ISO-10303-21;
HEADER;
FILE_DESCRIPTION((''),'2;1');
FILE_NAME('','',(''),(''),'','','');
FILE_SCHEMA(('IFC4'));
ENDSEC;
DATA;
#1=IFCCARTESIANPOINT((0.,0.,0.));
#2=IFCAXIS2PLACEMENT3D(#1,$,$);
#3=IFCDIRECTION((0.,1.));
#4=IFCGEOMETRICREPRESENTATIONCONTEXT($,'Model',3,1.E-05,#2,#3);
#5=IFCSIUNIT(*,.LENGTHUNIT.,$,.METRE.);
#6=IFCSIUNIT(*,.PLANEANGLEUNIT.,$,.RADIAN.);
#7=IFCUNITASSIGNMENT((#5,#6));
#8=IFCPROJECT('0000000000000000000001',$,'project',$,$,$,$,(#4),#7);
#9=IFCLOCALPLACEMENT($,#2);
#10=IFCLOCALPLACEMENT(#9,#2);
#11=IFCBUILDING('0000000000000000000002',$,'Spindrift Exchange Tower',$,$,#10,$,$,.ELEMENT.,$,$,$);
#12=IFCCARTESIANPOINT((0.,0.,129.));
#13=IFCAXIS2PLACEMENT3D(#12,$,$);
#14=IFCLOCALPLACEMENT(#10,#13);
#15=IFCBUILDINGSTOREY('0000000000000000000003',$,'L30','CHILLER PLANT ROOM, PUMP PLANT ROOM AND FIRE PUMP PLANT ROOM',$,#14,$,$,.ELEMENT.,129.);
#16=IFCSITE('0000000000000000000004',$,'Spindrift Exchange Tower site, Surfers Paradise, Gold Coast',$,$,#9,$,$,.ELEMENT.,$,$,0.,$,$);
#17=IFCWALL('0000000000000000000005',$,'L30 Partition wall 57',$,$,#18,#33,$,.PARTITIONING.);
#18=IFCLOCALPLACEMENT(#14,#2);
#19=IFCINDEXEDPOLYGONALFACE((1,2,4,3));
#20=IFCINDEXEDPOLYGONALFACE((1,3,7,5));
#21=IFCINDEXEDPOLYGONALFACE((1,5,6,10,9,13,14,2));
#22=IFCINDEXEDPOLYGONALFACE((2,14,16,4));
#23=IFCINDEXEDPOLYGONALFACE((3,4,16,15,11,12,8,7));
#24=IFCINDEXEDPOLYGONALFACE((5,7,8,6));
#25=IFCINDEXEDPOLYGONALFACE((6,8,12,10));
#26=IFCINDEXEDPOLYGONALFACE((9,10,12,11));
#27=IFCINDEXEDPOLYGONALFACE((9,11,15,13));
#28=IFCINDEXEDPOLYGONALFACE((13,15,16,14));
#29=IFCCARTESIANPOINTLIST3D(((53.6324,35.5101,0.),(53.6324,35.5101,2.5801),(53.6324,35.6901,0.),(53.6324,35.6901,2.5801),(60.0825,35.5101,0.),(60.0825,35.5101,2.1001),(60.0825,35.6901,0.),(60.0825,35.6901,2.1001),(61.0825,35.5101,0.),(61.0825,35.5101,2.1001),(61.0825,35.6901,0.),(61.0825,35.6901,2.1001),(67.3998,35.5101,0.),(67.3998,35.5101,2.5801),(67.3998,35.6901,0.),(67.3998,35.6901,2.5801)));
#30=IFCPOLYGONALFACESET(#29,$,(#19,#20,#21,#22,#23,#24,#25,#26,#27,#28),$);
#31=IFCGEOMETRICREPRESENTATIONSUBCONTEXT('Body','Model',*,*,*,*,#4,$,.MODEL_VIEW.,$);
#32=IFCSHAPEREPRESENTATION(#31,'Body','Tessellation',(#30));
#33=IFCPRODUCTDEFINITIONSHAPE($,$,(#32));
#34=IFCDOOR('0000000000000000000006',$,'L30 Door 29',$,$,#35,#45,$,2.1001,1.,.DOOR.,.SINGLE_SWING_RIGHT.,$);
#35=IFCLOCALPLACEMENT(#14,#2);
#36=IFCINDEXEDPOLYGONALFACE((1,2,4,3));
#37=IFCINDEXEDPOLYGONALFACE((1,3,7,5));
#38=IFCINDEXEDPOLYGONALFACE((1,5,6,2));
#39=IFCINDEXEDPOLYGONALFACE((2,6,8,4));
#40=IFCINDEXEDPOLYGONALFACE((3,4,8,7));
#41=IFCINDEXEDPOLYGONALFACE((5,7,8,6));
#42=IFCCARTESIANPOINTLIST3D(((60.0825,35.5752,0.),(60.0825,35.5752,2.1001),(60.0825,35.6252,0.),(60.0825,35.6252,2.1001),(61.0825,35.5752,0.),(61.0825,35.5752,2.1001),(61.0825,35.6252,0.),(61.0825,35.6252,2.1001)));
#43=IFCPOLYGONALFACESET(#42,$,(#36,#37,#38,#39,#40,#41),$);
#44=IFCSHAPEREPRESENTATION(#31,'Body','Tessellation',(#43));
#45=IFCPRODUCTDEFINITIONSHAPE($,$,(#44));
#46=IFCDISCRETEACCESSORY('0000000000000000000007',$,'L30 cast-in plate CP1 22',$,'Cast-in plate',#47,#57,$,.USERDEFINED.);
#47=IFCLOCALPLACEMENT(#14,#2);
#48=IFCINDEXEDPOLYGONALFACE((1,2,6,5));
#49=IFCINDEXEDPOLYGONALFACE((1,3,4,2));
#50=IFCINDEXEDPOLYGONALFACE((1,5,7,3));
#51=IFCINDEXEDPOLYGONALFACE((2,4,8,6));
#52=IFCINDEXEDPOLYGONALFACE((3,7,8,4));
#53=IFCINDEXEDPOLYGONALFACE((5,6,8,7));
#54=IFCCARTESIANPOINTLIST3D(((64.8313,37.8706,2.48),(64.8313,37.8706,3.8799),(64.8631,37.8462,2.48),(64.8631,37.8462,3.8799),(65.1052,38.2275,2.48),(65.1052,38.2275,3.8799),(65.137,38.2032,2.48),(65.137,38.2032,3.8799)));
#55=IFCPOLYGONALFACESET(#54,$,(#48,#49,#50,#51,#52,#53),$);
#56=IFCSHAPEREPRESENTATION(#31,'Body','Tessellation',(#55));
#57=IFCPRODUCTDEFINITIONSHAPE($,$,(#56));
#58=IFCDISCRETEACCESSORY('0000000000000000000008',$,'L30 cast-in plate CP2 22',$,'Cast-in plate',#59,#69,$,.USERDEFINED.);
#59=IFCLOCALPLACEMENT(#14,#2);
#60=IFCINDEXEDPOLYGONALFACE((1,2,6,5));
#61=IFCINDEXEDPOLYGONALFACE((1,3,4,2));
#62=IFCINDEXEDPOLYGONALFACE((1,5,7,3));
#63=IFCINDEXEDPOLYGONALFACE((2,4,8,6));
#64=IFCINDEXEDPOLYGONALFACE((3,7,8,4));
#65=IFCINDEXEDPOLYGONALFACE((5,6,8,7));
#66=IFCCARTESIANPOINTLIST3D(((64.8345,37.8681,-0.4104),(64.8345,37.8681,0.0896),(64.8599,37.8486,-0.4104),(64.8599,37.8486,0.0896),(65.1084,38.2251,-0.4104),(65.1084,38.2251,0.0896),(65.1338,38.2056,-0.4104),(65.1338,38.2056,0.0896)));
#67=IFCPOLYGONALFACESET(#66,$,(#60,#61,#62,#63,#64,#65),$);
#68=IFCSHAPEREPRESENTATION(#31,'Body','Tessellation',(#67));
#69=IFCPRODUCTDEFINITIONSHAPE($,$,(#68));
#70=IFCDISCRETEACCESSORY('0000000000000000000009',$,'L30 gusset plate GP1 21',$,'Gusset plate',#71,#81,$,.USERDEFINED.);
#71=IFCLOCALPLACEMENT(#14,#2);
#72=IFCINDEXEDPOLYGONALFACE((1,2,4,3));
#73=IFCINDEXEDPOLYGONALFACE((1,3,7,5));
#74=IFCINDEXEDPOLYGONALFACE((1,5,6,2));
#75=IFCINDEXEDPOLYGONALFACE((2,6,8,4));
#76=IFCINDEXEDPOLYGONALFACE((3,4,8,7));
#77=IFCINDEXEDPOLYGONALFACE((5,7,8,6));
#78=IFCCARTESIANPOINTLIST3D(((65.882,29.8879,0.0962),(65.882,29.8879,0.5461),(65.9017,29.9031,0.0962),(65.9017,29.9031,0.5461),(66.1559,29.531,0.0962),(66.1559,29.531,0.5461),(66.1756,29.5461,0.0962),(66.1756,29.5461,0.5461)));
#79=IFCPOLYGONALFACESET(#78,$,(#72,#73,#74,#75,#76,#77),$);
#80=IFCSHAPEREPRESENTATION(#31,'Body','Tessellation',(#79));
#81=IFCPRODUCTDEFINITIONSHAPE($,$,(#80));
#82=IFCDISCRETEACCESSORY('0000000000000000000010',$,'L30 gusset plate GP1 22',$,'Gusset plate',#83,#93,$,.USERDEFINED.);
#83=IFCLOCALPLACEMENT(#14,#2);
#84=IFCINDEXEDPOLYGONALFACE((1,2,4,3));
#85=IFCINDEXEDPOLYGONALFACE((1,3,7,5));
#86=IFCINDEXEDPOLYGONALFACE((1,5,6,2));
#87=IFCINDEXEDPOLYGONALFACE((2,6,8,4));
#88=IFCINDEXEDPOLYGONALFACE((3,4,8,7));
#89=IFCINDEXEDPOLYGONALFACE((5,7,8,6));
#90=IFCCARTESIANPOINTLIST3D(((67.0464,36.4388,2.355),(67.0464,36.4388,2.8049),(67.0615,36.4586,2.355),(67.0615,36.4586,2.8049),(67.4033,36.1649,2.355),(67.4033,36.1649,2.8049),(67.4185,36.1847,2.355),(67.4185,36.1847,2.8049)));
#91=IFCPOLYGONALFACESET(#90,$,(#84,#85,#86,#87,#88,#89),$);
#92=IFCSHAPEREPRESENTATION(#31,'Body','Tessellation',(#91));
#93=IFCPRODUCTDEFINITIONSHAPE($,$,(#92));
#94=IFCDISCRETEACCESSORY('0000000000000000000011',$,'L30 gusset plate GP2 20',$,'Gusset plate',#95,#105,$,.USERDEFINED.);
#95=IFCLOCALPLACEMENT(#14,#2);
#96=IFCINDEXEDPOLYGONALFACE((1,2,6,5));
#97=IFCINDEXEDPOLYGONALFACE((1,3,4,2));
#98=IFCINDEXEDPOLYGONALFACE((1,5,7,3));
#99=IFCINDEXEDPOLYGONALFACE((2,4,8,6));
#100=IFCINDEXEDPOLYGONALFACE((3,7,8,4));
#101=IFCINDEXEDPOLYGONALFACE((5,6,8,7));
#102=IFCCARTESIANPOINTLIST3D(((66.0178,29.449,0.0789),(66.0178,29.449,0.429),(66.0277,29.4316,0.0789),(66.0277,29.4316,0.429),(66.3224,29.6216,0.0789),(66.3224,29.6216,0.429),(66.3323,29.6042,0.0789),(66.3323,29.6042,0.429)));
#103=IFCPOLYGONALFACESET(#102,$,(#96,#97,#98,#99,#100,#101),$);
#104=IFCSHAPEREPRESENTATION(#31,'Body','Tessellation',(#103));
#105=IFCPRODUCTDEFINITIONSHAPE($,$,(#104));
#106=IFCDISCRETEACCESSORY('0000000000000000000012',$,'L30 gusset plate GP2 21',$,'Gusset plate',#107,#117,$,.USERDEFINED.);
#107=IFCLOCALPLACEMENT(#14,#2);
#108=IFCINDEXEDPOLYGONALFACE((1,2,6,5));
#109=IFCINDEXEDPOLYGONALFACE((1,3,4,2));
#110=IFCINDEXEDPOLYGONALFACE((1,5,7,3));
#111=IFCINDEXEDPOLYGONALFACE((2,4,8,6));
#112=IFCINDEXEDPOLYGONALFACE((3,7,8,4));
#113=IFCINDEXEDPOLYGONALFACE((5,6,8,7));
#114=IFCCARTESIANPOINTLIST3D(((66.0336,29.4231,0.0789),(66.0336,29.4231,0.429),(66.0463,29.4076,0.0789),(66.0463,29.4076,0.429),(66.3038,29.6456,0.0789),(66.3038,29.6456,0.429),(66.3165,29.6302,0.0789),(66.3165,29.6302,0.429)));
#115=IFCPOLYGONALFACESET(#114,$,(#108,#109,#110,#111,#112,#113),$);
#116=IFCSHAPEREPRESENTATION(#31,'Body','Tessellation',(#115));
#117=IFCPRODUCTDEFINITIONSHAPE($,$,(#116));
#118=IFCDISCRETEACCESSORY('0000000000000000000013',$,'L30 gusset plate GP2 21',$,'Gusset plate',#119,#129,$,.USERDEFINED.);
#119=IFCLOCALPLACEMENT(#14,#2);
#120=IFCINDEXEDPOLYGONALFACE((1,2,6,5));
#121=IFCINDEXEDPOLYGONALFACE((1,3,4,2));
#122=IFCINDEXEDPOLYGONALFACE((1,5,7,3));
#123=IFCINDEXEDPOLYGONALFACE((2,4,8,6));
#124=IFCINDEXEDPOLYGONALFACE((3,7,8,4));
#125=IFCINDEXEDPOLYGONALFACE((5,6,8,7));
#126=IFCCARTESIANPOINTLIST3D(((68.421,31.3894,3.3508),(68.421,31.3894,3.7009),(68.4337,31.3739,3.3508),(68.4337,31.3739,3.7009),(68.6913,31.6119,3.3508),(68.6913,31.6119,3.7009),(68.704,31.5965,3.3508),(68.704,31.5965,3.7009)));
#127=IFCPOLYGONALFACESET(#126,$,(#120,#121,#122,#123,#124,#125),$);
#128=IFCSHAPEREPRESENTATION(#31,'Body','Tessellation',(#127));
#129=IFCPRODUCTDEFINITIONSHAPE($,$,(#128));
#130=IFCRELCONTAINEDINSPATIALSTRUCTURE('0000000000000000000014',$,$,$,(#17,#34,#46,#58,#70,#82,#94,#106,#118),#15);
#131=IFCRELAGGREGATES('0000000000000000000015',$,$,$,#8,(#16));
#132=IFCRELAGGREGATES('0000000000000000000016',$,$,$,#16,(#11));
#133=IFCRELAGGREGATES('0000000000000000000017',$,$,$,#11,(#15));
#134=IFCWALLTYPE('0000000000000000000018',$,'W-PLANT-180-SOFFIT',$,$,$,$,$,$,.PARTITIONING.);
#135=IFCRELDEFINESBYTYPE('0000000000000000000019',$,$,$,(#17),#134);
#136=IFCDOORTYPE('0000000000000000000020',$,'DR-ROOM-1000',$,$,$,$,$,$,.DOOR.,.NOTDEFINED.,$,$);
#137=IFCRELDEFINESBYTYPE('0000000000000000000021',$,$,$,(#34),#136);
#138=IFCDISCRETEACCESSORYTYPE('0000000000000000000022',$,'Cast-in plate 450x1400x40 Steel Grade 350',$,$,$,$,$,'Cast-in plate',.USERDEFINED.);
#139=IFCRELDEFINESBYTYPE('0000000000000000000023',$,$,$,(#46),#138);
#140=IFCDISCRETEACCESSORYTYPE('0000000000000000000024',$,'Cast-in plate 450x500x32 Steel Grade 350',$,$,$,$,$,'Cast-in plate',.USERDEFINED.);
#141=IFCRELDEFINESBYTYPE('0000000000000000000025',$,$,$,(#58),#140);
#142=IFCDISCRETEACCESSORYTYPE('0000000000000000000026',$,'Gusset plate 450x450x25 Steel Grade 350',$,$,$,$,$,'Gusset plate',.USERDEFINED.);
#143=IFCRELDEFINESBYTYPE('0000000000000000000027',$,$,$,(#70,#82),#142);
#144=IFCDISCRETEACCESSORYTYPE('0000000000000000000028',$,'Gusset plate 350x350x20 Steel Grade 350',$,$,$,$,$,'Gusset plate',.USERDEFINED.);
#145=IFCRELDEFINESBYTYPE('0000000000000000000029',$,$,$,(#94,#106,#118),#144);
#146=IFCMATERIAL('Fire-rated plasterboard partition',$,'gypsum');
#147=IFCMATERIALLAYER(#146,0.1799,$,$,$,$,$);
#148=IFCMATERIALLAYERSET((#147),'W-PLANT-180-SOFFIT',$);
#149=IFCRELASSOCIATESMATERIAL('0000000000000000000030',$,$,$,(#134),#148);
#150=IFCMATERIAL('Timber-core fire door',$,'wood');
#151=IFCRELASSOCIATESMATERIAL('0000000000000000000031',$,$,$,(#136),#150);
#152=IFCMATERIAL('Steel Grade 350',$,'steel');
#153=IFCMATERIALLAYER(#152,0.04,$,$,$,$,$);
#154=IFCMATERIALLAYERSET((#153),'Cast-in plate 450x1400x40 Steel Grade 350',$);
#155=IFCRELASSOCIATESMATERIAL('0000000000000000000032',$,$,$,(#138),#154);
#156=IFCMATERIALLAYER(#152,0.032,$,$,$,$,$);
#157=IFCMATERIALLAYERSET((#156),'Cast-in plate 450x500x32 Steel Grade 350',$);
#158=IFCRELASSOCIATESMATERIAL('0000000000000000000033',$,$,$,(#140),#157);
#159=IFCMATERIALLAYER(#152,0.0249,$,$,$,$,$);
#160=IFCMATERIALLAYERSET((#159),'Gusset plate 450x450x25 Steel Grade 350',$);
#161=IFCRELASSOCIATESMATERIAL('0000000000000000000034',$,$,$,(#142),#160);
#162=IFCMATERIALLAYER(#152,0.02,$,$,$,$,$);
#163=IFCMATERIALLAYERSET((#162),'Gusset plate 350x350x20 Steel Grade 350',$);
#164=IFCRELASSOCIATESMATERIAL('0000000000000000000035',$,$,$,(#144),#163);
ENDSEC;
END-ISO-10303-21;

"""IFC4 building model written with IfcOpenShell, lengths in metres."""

from ifc_helpers import new_model, si_unit, direction, frame, frame_2d, origin, origin_2d, place, context, subcontext, project, spatial, rectangle, extrude, source, transform, mapped, material, layer, layer_set, type_object, element, fill, save


model = new_model("IFC4")

# Units and contexts
model_context = context("Model", 3, precision=1e-05, world=origin(), true_north=direction((0.0, 1.0)))
body_context = subcontext(model_context, "Body", "Model", "MODEL_VIEW")
ifc_project = project(units=[si_unit("LENGTHUNIT", "METRE"), si_unit("PLANEANGLEUNIT", "RADIAN")], contexts=[model_context])

# Site, building, storey
site_placement = place(None, origin())
site = spatial("IfcSite", under=ifc_project, at=site_placement, Name="Spindrift Exchange Tower site, Surfers Paradise, Gold Coast", CompositionType="ELEMENT", RefElevation=0.0)
building_placement = place(site_placement, origin())
building = spatial("IfcBuilding", under=site, at=building_placement, Name="Spindrift Exchange Tower", CompositionType="ELEMENT")
storey_placement = place(building_placement, frame((0.0, 0.0, 129.0)))
storey = spatial("IfcBuildingStorey", under=building, at=storey_placement, Name="L30", Description="CHILLER PLANT ROOM, PUMP PLANT ROOM AND FIRE PUMP PLANT ROOM", CompositionType="ELEMENT", Elevation=129.0)

# Shared definitions
ifc_material_1 = material(Name="Steel Grade 350", Category="steel")

# Shared definitions
ifc_material_2 = material(Name="Timber-core fire door", Category="wood")
ifc_material_3 = material(Name="Fire-rated plasterboard partition", Category="gypsum")

# Wall, opening, door
ifc_layer_1 = layer(ifc_material_3, 0.1799)
ifc_layer_set_1 = layer_set([ifc_layer_1], Name="W-PLANT-180-SOFFIT")
wall_type_1 = type_object("IfcWallType", Name="W-PLANT-180-SOFFIT", PredefinedType="PARTITIONING", material=ifc_layer_set_1)
wall_1_placement = place(storey_placement, frame((67.3999, 35.6001, 0.0), z_axis=(0.0, 0.0, 1.0), x_axis=(-1.0, 0.0, 0.0)))
wall_1 = element("IfcWall", 1, at=wall_1_placement, inside=storey, type_object=wall_type_1, Name="L30 Partition wall 57", PredefinedType="PARTITIONING", context=body_context, shape_type="SweptSolid", body=[
    extrude(rectangle(XDim=13.7673, YDim=0.1799, at=frame_2d((6.8838, 0.0))), origin(), (0.0, 0.0, 1.0), 2.5801),
])
opening_1_placement = place(wall_1_placement, frame((6.3174, 0.0, 0.0)))
opening_1 = element("IfcOpeningElement", 2, at=opening_1_placement, cuts=wall_1, PredefinedType="OPENING", context=body_context, shape_type="SweptSolid", body=[
    extrude(rectangle(XDim=1.0, YDim=2.1001, at=frame_2d((0.5, 1.05))), frame((0.0, 0.0999, 0.0), z_axis=(0.0, -1.0, 0.0), x_axis=(1.0, 0.0, 0.0)), (0.0, 0.0, 1.0), 0.2),
])
door_type_1 = type_object("IfcDoorType", Name="DR-ROOM-1000", OperationType="NOTDEFINED", PredefinedType="DOOR", material=ifc_material_2)
shared_shape_1 = source(origin(), body_context, "Body", "SweptSolid", [
    extrude(rectangle(XDim=1.0, YDim=2.1001, at=frame_2d((0.5, 1.05))), frame((0.0, 0.0249, 0.0), z_axis=(0.0, -1.0, 0.0), x_axis=(1.0, 0.0, 0.0)), (0.0, 0.0, 1.0), 0.05),
])
door_1_placement = place(opening_1_placement, origin())
door_1 = element("IfcDoor", 3, at=door_1_placement, inside=storey, type_object=door_type_1, Name="L30 Door 29", OperationType="SINGLE_SWING_RIGHT", OverallHeight=2.1001, OverallWidth=1.0, PredefinedType="DOOR", context=body_context, shape_type="MappedRepresentation", body=[
    mapped(shared_shape_1, transform((0.0, 0.0, 0.0), scale=1.0)),
])
fill(opening_1, door_1)

# Discrete accessories
ifc_layer_2 = layer(ifc_material_1, 0.04)
ifc_layer_set_2 = layer_set([ifc_layer_2], Name="Cast-in plate 450x1400x40 Steel Grade 350")
discrete_accessory_type_1 = type_object("IfcDiscreteAccessoryType", Name="Cast-in plate 450x1400x40 Steel Grade 350", ElementType="Cast-in plate", PredefinedType="USERDEFINED", material=ifc_layer_set_2)
shared_shape_2 = source(origin(), body_context, "Body", "SweptSolid", [
    extrude(rectangle(XDim=0.04, YDim=0.45, at=origin_2d()), origin(), (0.0, 0.0, 1.0), 1.3999),
])
discrete_accessory_1_placement = place(storey_placement, frame((64.9841, 38.0369, 2.48), z_axis=(0.0, 0.0, 1.0), x_axis=(0.793353, -0.608761, 0.0)))
element("IfcDiscreteAccessory", 4, at=discrete_accessory_1_placement, inside=storey, type_object=discrete_accessory_type_1, Name="L30 cast-in plate CP1 22", ObjectType="Cast-in plate", PredefinedType="USERDEFINED", context=body_context, shape_type="MappedRepresentation", body=[
    mapped(shared_shape_2, transform((0.0, 0.0, 0.0), scale=1.0)),
])
ifc_layer_3 = layer(ifc_material_1, 0.032)
ifc_layer_set_3 = layer_set([ifc_layer_3], Name="Cast-in plate 450x500x32 Steel Grade 350")
discrete_accessory_type_2 = type_object("IfcDiscreteAccessoryType", Name="Cast-in plate 450x500x32 Steel Grade 350", ElementType="Cast-in plate", PredefinedType="USERDEFINED", material=ifc_layer_set_3)
shared_shape_3 = source(origin(), body_context, "Body", "SweptSolid", [
    extrude(rectangle(XDim=0.032, YDim=0.45, at=origin_2d()), origin(), (0.0, 0.0, 1.0), 0.5),
])
discrete_accessory_2_placement = place(storey_placement, frame((64.9841, 38.0369, -0.4104), z_axis=(0.0, 0.0, 1.0), x_axis=(0.793353, -0.608761, 0.0)))
element("IfcDiscreteAccessory", 5, at=discrete_accessory_2_placement, inside=storey, type_object=discrete_accessory_type_2, Name="L30 cast-in plate CP2 22", ObjectType="Cast-in plate", PredefinedType="USERDEFINED", context=body_context, shape_type="MappedRepresentation", body=[
    mapped(shared_shape_3, transform((0.0, 0.0, 0.0), scale=1.0)),
])
ifc_layer_4 = layer(ifc_material_1, 0.0249)
ifc_layer_set_4 = layer_set([ifc_layer_4], Name="Gusset plate 450x450x25 Steel Grade 350")
discrete_accessory_type_3 = type_object("IfcDiscreteAccessoryType", Name="Gusset plate 450x450x25 Steel Grade 350", ElementType="Gusset plate", PredefinedType="USERDEFINED", material=ifc_layer_set_4)
shared_shape_4 = source(origin(), body_context, "Body", "SweptSolid", [
    extrude(rectangle(XDim=0.45, YDim=0.0249, at=origin_2d()), origin(), (0.0, 0.0, 1.0), 0.45),
])
for number, where, z_axis, x_axis, name in (
    (6, (66.0288, 29.717, 0.0962), (0.0, 0.0, 1.0), (0.608759, -0.793355, 0.0), "L30 gusset plate GP1 21"),
    (7, (67.2324, 36.3118, 2.355), (0.0, 0.0, 1.0), (0.793352, -0.608763, 0.0), "L30 gusset plate GP1 22"),
):
    element("IfcDiscreteAccessory", number, at=place(storey_placement, frame(where, z_axis=z_axis, x_axis=x_axis)), inside=storey, type_object=discrete_accessory_type_3, Name=name, ObjectType="Gusset plate", PredefinedType="USERDEFINED", context=body_context, shape_type="MappedRepresentation", body=[
        mapped(shared_shape_4, transform((0.0, 0.0, 0.0), scale=1.0)),
    ])
ifc_layer_5 = layer(ifc_material_1, 0.02)
ifc_layer_set_5 = layer_set([ifc_layer_5], Name="Gusset plate 350x350x20 Steel Grade 350")
discrete_accessory_type_4 = type_object("IfcDiscreteAccessoryType", Name="Gusset plate 350x350x20 Steel Grade 350", ElementType="Gusset plate", PredefinedType="USERDEFINED", material=ifc_layer_set_5)
shared_shape_5 = source(origin(), body_context, "Body", "SweptSolid", [
    extrude(rectangle(XDim=0.3501, YDim=0.02, at=origin_2d()), origin(), (0.0, 0.0, 1.0), 0.3501),
])
for number, where, z_axis, x_axis, name in (
    (8, (66.175, 29.5266, 0.0789), (0.0, 0.0, 1.0), (0.87008, 0.492911, 0.0), "L30 gusset plate GP2 20"),
    (9, (66.175, 29.5266, 0.0789), (0.0, 0.0, 1.0), (0.771926, 0.635712, 0.0), "L30 gusset plate GP2 21"),
    (10, (68.5625, 31.4929, 3.3508), (0.0, 0.0, 1.0), (0.771926, 0.635712, 0.0), "L30 gusset plate GP2 21"),
):
    element("IfcDiscreteAccessory", number, at=place(storey_placement, frame(where, z_axis=z_axis, x_axis=x_axis)), inside=storey, type_object=discrete_accessory_type_4, Name=name, ObjectType="Gusset plate", PredefinedType="USERDEFINED", context=body_context, shape_type="MappedRepresentation", body=[
        mapped(shared_shape_5, transform((0.0, 0.0, 0.0), scale=1.0)),
    ])

save(model, "model.ifc")
